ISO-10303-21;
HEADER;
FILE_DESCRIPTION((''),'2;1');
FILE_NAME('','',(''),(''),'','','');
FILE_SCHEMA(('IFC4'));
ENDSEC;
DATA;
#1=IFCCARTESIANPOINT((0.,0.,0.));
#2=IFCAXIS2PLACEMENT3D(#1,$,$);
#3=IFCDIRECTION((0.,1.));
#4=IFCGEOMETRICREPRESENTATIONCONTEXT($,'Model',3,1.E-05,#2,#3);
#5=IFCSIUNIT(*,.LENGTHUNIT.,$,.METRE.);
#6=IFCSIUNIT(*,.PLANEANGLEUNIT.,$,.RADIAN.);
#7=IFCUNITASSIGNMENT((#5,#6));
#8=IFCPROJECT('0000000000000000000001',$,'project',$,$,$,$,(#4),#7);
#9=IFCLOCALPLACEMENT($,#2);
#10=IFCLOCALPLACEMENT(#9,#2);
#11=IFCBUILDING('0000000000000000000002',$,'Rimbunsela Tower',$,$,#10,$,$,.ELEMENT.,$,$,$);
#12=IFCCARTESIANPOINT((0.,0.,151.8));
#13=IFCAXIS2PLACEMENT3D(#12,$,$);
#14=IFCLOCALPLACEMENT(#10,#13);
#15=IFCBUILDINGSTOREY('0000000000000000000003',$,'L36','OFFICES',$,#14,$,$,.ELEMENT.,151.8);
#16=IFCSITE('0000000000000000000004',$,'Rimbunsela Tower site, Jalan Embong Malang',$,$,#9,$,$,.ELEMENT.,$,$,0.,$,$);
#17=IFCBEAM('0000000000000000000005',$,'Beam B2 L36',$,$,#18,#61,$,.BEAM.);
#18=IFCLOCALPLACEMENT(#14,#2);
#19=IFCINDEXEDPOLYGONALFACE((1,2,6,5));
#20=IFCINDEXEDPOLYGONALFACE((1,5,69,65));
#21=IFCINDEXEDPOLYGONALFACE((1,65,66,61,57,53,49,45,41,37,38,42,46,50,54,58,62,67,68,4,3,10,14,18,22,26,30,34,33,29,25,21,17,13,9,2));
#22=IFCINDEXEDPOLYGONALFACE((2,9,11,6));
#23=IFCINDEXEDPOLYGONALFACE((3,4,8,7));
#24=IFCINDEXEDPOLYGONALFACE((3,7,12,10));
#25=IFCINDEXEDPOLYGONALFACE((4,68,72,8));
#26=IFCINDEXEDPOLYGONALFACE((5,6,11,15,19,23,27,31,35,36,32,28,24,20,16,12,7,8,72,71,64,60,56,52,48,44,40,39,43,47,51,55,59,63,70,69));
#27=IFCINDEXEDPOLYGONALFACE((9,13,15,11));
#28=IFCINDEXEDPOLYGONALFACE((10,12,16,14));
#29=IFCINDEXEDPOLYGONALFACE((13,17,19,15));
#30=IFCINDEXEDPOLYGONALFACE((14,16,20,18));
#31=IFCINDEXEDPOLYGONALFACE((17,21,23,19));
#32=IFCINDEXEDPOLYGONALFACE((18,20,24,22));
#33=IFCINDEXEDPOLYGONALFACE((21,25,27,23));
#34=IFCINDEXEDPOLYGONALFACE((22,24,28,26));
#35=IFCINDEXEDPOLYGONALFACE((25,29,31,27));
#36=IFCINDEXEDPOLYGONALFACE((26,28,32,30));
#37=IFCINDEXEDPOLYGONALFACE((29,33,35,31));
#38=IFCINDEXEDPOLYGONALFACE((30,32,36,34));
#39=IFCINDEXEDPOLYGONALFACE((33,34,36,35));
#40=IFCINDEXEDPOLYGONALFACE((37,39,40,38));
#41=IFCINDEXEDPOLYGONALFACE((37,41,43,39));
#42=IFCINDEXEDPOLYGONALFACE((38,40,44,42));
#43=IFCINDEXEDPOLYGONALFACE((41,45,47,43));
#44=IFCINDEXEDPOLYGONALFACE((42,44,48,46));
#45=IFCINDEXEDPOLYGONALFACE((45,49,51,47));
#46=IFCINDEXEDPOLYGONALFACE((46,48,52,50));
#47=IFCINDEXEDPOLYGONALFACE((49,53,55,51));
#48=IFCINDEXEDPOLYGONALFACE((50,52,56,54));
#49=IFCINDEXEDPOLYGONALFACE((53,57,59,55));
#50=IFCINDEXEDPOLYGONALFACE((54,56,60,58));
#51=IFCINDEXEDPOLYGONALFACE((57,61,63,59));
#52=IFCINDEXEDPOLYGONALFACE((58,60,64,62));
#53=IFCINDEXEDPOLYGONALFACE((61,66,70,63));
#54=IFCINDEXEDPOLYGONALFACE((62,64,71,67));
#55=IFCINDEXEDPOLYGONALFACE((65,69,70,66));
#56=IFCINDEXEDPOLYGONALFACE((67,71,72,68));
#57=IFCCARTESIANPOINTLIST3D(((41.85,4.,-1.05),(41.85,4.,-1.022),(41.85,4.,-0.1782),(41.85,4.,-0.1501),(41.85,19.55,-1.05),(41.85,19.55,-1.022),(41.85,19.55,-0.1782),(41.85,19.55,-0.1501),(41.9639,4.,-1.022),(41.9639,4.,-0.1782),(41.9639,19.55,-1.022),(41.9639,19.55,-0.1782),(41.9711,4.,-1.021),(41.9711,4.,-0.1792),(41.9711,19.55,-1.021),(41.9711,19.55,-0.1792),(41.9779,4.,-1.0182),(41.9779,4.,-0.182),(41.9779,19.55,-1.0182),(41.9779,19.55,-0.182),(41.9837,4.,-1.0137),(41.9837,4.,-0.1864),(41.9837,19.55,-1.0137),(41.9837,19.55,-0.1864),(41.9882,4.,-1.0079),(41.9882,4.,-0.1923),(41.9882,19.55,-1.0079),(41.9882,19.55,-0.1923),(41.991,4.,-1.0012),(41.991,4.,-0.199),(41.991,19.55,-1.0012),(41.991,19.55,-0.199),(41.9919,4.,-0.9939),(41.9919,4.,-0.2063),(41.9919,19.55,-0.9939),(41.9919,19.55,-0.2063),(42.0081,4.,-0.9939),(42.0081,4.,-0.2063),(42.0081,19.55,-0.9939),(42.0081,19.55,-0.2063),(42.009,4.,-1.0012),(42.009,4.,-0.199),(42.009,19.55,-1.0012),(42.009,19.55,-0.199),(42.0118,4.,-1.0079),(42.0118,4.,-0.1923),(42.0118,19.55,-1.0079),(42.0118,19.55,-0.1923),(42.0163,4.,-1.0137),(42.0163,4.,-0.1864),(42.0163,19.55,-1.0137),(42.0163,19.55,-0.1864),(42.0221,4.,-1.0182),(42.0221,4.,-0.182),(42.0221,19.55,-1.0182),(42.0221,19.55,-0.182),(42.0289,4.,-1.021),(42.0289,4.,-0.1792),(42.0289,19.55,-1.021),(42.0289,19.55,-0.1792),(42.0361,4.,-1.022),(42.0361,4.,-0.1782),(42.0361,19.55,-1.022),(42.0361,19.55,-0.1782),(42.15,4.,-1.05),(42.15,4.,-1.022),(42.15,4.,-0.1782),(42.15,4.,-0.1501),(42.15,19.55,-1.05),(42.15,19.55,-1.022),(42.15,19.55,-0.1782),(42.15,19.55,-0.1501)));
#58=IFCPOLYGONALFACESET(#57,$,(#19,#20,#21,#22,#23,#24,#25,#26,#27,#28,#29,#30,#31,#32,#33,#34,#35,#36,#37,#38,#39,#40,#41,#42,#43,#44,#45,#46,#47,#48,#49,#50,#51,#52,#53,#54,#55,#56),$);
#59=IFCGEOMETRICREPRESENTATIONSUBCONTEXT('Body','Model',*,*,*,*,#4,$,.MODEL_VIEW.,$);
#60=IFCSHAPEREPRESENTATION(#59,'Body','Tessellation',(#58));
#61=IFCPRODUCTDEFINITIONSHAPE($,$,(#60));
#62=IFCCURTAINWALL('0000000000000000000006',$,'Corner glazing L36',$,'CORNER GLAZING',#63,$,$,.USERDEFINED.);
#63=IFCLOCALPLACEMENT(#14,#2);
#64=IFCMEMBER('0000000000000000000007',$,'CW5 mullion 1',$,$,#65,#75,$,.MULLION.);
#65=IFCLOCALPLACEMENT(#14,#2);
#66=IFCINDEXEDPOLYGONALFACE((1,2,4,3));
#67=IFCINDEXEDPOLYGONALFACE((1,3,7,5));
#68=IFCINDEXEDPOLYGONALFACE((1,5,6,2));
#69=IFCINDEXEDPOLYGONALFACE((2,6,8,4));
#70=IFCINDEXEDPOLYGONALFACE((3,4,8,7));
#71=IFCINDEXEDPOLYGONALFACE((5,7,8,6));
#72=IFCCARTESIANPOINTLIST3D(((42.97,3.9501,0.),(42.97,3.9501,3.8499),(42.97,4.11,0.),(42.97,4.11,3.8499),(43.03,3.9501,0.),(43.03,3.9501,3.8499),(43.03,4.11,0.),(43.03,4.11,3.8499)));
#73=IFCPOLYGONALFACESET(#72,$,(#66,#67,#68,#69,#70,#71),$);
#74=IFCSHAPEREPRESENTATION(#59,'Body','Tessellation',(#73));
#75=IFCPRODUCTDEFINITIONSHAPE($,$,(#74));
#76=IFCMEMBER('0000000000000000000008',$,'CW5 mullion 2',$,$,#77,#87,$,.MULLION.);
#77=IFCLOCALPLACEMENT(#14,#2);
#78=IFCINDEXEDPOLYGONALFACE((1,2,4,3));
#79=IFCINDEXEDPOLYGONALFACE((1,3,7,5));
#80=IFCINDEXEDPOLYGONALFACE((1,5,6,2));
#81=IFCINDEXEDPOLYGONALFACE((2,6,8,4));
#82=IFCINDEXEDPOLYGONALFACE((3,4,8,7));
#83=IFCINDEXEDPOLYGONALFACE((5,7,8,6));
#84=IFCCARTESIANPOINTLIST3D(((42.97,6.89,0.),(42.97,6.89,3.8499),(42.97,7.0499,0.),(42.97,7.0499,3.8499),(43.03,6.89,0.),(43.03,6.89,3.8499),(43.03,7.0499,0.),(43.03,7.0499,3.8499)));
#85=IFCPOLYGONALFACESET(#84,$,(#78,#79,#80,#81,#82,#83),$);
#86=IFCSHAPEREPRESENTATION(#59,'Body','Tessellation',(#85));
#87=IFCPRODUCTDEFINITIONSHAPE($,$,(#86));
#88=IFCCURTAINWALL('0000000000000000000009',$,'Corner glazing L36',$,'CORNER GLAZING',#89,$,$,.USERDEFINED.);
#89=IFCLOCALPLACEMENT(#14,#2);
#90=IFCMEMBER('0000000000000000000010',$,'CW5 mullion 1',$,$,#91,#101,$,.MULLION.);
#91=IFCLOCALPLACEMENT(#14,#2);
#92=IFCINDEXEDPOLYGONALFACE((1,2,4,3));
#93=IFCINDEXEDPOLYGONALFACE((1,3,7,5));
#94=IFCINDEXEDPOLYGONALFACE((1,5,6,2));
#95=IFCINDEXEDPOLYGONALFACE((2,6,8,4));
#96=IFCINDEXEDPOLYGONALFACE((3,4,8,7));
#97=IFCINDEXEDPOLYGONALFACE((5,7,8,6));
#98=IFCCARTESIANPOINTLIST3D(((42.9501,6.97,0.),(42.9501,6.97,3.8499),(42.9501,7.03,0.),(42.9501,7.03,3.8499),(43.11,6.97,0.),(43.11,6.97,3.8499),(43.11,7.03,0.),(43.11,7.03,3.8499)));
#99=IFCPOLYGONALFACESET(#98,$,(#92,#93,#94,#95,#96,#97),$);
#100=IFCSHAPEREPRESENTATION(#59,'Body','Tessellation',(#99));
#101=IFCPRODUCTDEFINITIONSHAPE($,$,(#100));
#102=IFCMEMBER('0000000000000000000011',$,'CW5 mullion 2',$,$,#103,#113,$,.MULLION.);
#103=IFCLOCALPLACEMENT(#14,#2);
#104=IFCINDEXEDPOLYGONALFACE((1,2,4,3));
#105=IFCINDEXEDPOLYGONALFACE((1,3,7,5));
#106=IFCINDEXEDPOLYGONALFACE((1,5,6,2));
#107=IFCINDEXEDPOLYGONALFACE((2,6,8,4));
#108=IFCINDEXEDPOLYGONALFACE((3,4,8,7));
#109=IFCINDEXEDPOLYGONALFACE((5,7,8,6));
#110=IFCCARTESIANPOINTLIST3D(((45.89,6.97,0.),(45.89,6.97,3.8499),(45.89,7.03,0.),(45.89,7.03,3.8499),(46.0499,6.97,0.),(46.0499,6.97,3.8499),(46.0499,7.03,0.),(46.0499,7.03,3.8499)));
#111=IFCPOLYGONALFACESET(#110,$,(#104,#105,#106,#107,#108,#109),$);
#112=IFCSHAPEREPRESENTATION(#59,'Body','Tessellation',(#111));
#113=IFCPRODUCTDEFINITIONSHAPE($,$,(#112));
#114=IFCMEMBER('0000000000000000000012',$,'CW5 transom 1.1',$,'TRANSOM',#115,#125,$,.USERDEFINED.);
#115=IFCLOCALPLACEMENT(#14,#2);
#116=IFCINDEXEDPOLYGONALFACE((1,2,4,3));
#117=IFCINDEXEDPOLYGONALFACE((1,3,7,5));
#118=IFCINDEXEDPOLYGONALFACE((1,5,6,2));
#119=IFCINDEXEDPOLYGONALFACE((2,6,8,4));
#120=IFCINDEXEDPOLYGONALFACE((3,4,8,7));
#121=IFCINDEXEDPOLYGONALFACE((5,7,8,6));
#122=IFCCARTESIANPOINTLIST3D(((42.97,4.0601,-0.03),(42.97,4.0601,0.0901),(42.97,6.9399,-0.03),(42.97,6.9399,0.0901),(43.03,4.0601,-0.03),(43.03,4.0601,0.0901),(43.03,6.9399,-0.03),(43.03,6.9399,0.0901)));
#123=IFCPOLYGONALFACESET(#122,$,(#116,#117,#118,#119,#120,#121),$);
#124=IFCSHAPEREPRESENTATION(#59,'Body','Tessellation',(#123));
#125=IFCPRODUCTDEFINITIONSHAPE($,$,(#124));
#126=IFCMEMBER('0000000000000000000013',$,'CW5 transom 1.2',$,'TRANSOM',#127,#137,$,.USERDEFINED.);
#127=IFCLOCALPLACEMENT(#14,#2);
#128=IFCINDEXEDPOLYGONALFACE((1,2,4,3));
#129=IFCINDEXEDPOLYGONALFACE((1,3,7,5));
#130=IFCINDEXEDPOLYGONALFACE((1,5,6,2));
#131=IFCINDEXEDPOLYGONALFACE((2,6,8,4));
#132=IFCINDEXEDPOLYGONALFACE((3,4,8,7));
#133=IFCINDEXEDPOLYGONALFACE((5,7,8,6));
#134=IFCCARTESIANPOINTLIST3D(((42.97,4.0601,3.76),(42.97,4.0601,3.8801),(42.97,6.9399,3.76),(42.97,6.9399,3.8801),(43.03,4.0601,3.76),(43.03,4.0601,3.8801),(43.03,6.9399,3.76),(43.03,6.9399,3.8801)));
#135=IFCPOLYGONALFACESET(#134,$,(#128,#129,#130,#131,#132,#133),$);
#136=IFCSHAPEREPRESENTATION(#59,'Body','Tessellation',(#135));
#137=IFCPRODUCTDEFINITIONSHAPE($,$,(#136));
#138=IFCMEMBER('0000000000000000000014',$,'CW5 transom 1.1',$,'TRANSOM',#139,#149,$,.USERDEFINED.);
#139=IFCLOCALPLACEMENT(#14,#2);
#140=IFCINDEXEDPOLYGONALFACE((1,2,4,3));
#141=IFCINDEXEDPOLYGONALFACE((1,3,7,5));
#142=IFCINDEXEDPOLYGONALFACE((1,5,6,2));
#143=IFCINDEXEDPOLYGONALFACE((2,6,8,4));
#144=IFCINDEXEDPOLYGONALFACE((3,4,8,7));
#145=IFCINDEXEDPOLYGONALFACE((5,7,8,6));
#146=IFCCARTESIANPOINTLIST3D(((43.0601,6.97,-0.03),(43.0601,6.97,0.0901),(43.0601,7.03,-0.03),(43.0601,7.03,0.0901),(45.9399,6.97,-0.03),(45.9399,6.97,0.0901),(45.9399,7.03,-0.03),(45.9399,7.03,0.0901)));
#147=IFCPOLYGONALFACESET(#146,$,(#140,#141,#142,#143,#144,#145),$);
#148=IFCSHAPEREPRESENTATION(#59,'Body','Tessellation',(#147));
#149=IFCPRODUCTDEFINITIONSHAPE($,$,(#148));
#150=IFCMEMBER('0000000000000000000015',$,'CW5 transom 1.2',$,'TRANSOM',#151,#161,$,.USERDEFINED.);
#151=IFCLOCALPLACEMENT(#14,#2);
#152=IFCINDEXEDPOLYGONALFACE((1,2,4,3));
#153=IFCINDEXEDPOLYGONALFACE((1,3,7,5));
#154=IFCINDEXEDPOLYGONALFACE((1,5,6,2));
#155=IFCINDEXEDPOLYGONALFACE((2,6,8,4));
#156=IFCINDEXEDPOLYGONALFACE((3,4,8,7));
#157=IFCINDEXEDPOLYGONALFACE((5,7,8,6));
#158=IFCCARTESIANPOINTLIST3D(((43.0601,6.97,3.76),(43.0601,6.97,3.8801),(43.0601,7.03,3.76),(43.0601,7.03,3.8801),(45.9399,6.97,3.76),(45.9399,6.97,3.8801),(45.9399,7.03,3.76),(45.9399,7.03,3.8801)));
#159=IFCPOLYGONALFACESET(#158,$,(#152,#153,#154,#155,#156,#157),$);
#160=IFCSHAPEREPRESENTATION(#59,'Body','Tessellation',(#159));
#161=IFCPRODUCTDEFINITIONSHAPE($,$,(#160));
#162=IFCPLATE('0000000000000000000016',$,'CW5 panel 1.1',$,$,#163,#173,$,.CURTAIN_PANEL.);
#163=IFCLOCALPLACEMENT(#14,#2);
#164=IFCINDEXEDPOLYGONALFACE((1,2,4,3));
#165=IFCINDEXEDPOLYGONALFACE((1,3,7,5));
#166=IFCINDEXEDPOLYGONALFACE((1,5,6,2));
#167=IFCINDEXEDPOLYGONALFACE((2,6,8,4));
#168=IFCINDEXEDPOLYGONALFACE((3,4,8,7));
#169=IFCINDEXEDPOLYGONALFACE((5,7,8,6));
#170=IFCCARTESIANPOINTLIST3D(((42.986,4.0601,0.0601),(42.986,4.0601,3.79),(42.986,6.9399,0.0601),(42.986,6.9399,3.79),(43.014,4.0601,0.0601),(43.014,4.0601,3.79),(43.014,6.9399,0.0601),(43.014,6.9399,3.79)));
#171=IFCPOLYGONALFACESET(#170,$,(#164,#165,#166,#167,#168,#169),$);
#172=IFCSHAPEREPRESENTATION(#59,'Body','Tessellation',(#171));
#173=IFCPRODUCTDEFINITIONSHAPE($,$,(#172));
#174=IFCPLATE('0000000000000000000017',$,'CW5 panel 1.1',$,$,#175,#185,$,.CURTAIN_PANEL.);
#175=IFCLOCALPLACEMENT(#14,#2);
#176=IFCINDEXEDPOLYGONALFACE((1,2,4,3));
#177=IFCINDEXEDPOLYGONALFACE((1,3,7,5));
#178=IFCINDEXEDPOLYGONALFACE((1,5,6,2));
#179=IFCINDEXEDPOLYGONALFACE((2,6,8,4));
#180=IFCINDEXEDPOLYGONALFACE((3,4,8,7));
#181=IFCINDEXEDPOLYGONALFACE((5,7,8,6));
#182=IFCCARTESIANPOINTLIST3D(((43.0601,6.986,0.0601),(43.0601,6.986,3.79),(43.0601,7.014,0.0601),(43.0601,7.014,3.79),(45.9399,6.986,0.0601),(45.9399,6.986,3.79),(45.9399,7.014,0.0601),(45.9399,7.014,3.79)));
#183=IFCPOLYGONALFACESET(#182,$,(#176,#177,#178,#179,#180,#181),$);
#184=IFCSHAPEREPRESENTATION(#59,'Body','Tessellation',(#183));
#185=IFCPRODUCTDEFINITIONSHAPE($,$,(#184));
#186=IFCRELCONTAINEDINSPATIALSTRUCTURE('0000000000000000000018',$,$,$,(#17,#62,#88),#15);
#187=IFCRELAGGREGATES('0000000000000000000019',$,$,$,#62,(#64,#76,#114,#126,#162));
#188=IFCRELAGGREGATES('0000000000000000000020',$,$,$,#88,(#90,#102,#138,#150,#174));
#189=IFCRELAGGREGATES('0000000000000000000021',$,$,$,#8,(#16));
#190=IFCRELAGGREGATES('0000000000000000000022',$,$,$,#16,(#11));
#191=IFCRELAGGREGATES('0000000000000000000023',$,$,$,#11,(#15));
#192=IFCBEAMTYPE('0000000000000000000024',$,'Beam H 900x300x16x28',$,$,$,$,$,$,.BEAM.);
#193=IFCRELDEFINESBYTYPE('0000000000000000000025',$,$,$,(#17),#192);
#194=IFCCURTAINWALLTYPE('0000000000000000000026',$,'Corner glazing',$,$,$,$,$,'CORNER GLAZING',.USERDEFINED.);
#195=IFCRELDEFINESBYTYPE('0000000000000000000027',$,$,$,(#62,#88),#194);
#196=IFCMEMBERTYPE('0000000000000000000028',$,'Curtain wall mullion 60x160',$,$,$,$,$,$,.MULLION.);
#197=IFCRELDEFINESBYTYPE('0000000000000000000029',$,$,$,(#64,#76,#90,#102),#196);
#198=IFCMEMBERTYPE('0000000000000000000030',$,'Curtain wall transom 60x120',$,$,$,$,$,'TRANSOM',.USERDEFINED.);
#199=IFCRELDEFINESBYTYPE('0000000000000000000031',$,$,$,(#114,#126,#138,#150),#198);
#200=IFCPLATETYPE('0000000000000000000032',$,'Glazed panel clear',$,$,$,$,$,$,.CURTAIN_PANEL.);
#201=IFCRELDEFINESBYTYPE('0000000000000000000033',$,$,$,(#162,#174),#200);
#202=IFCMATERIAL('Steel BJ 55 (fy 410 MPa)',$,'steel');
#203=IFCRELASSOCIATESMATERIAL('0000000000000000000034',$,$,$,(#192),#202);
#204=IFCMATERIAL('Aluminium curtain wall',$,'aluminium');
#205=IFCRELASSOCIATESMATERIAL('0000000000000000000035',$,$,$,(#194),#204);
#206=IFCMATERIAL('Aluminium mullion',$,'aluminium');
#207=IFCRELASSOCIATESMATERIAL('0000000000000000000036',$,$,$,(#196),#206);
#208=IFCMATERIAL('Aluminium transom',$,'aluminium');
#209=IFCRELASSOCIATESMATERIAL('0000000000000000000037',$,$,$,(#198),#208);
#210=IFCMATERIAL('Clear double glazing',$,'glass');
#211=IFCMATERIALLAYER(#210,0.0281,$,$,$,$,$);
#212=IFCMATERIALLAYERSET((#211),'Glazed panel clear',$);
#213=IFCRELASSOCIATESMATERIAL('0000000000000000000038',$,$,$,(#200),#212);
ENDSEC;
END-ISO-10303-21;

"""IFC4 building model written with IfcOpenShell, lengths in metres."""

from ifc_helpers import new_model, si_unit, direction, frame, origin, origin_2d, place, context, subcontext, project, spatial, rectangle, i_section, extrude, material, layer, layer_set, material_profile, profile_set, type_object, element, aggregate, save


model = new_model("IFC4")

# Units and contexts
model_context = context("Model", 3, precision=1e-05, world=origin(), true_north=direction((0.0, 1.0)))
body_context = subcontext(model_context, "Body", "Model", "MODEL_VIEW")
ifc_project = project(units=[si_unit("LENGTHUNIT", "METRE"), si_unit("PLANEANGLEUNIT", "RADIAN")], contexts=[model_context])

# Site, building, storey
site_placement = place(None, origin())
site = spatial("IfcSite", under=ifc_project, at=site_placement, Name="Rimbunsela Tower site, Jalan Embong Malang", CompositionType="ELEMENT", RefElevation=0.0)
building_placement = place(site_placement, origin())
building = spatial("IfcBuilding", under=site, at=building_placement, Name="Rimbunsela Tower", CompositionType="ELEMENT")
storey_placement = place(building_placement, frame((0.0, 0.0, 151.8)))
storey = spatial("IfcBuildingStorey", under=building, at=storey_placement, Name="L36", Description="OFFICES", CompositionType="ELEMENT", Elevation=151.8)

# Beam
ifc_material_1 = material(Name="Steel BJ 55 (fy 410 MPa)", Category="steel")
ifc_material_profile_1 = material_profile(ifc_material_1, i_section(OverallWidth=0.3, OverallDepth=0.8999, WebThickness=0.0161, FlangeThickness=0.0281, FilletRadius=0.0281, at=origin_2d()), Name="H 900x300x16x28")
ifc_profile_set_1 = profile_set([ifc_material_profile_1], Name="Steel BJ 55 (fy 410 MPa)")
beam_type_1 = type_object("IfcBeamType", Name="Beam H 900x300x16x28", PredefinedType="BEAM", material=ifc_profile_set_1)
beam_1_placement = place(storey_placement, frame((42.0, 4.0, -0.6001), z_axis=(0.0, 1.0, 0.0), x_axis=(-1.0, 0.0, 0.0)))
element("IfcBeam", 1, at=beam_1_placement, inside=storey, type_object=beam_type_1, Name="Beam B2 L36", PredefinedType="BEAM", context=body_context, shape_type="SweptSolid", body=[
    extrude(i_section(OverallWidth=0.3, OverallDepth=0.8999, WebThickness=0.0161, FlangeThickness=0.0281, FilletRadius=0.0281, at=origin_2d()), origin(), (0.0, 0.0, 1.0), 15.55),
])

# Curtain walls, members
ifc_material_2 = material(Name="Aluminium curtain wall", Category="aluminium")
curtain_wall_type = type_object("IfcCurtainWallType", Name="Corner glazing", ElementType="CORNER GLAZING", PredefinedType="USERDEFINED", material=ifc_material_2)
curtain_wall_1_placement = place(storey_placement, origin())
curtain_wall_1 = element("IfcCurtainWall", 2, at=curtain_wall_1_placement, inside=storey, type_object=curtain_wall_type, Name="Corner glazing L36", ObjectType="CORNER GLAZING", PredefinedType="USERDEFINED")
ifc_material_3 = material(Name="Aluminium mullion", Category="aluminium")
ifc_material_profile_2 = material_profile(ifc_material_3, rectangle(XDim=0.0601, YDim=0.1599, at=origin_2d()), Name="Mullion 60x160")
ifc_profile_set_2 = profile_set([ifc_material_profile_2], Name="Aluminium mullion")
member_type_1 = type_object("IfcMemberType", Name="Curtain wall mullion 60x160", PredefinedType="MULLION", material=ifc_profile_set_2)
member_1_placement = place(storey_placement, frame((43.0, 4.03, 0.0), z_axis=(0.0, 0.0, 1.0), x_axis=(-1.0, 0.0, 0.0)))
member_1 = element("IfcMember", 3, at=member_1_placement, type_object=member_type_1, Name="CW5 mullion 1", PredefinedType="MULLION", context=body_context, shape_type="SweptSolid", body=[
    extrude(rectangle(XDim=0.0601, YDim=0.1599, at=origin_2d()), origin(), (0.0, 0.0, 1.0), 3.8499),
])
member_2_placement = place(storey_placement, frame((43.0, 6.97, 0.0), z_axis=(0.0, 0.0, 1.0), x_axis=(-1.0, 0.0, 0.0)))
member_2 = element("IfcMember", 4, at=member_2_placement, type_object=member_type_1, Name="CW5 mullion 2", PredefinedType="MULLION", context=body_context, shape_type="SweptSolid", body=[
    extrude(rectangle(XDim=0.0601, YDim=0.1599, at=origin_2d()), origin(), (0.0, 0.0, 1.0), 3.8499),
])
curtain_wall_2_placement = place(storey_placement, origin())
curtain_wall_2 = element("IfcCurtainWall", 5, at=curtain_wall_2_placement, inside=storey, type_object=curtain_wall_type, Name="Corner glazing L36", ObjectType="CORNER GLAZING", PredefinedType="USERDEFINED")
member_3_placement = place(storey_placement, frame((43.03, 7.0, 0.0), z_axis=(0.0, 0.0, 1.0), x_axis=(0.0, 1.0, 0.0)))
member_3 = element("IfcMember", 6, at=member_3_placement, type_object=member_type_1, Name="CW5 mullion 1", PredefinedType="MULLION", context=body_context, shape_type="SweptSolid", body=[
    extrude(rectangle(XDim=0.0601, YDim=0.1599, at=origin_2d()), origin(), (0.0, 0.0, 1.0), 3.8499),
])
member_4_placement = place(storey_placement, frame((45.97, 7.0, 0.0), z_axis=(0.0, 0.0, 1.0), x_axis=(0.0, 1.0, 0.0)))
member_4 = element("IfcMember", 7, at=member_4_placement, type_object=member_type_1, Name="CW5 mullion 2", PredefinedType="MULLION", context=body_context, shape_type="SweptSolid", body=[
    extrude(rectangle(XDim=0.0601, YDim=0.1599, at=origin_2d()), origin(), (0.0, 0.0, 1.0), 3.8499),
])

# Members
ifc_material_4 = material(Name="Aluminium transom", Category="aluminium")
ifc_material_profile_3 = material_profile(ifc_material_4, rectangle(XDim=0.0601, YDim=0.1201, at=origin_2d()), Name="Transom 60x120")
ifc_profile_set_3 = profile_set([ifc_material_profile_3], Name="Aluminium transom")
member_type_2 = type_object("IfcMemberType", Name="Curtain wall transom 60x120", ElementType="TRANSOM", PredefinedType="USERDEFINED", material=ifc_profile_set_3)
member_5_placement = place(storey_placement, frame((43.0, 4.0601, 0.03), z_axis=(0.0, 1.0, 0.0), x_axis=(-1.0, 0.0, 0.0)))
member_5 = element("IfcMember", 8, at=member_5_placement, type_object=member_type_2, Name="CW5 transom 1.1", ObjectType="TRANSOM", PredefinedType="USERDEFINED", context=body_context, shape_type="SweptSolid", body=[
    extrude(rectangle(XDim=0.0601, YDim=0.1201, at=origin_2d()), origin(), (0.0, 0.0, 1.0), 2.8799),
])
member_6_placement = place(storey_placement, frame((43.0, 4.0601, 3.8201), z_axis=(0.0, 1.0, 0.0), x_axis=(-1.0, 0.0, 0.0)))
member_6 = element("IfcMember", 9, at=member_6_placement, type_object=member_type_2, Name="CW5 transom 1.2", ObjectType="TRANSOM", PredefinedType="USERDEFINED", context=body_context, shape_type="SweptSolid", body=[
    extrude(rectangle(XDim=0.0601, YDim=0.1201, at=origin_2d()), origin(), (0.0, 0.0, 1.0), 2.8799),
])
member_7_placement = place(storey_placement, frame((43.0601, 7.0, 0.03), z_axis=(1.0, 0.0, 0.0), x_axis=(0.0, 1.0, 0.0)))
member_7 = element("IfcMember", 10, at=member_7_placement, type_object=member_type_2, Name="CW5 transom 1.1", ObjectType="TRANSOM", PredefinedType="USERDEFINED", context=body_context, shape_type="SweptSolid", body=[
    extrude(rectangle(XDim=0.0601, YDim=0.1201, at=origin_2d()), origin(), (0.0, 0.0, 1.0), 2.8799),
])
member_8_placement = place(storey_placement, frame((43.0601, 7.0, 3.8201), z_axis=(1.0, 0.0, 0.0), x_axis=(0.0, 1.0, 0.0)))
member_8 = element("IfcMember", 11, at=member_8_placement, type_object=member_type_2, Name="CW5 transom 1.2", ObjectType="TRANSOM", PredefinedType="USERDEFINED", context=body_context, shape_type="SweptSolid", body=[
    extrude(rectangle(XDim=0.0601, YDim=0.1201, at=origin_2d()), origin(), (0.0, 0.0, 1.0), 2.8799),
])

# Plates
ifc_material_5 = material(Name="Clear double glazing", Category="glass")
ifc_layer_1 = layer(ifc_material_5, 0.0281)
ifc_layer_set_1 = layer_set([ifc_layer_1], Name="Glazed panel clear")
plate_type = type_object("IfcPlateType", Name="Glazed panel clear", PredefinedType="CURTAIN_PANEL", material=ifc_layer_set_1)
plate_1_placement = place(storey_placement, frame((43.0, 5.5, 0.0601), z_axis=(0.0, 0.0, 1.0), x_axis=(0.0, 1.0, 0.0)))
plate_1 = element("IfcPlate", 12, at=plate_1_placement, type_object=plate_type, Name="CW5 panel 1.1", PredefinedType="CURTAIN_PANEL", context=body_context, shape_type="SweptSolid", body=[
    extrude(rectangle(XDim=2.8799, YDim=0.0281, at=origin_2d()), origin(), (0.0, 0.0, 1.0), 3.73),
])
aggregate(curtain_wall_1, [member_1, member_2, member_5, member_6, plate_1])
plate_2_placement = place(storey_placement, frame((44.5, 7.0, 0.0601), z_axis=(0.0, 0.0, 1.0), x_axis=(1.0, 0.0, 0.0)))
plate_2 = element("IfcPlate", 13, at=plate_2_placement, type_object=plate_type, Name="CW5 panel 1.1", PredefinedType="CURTAIN_PANEL", context=body_context, shape_type="SweptSolid", body=[
    extrude(rectangle(XDim=2.8799, YDim=0.0281, at=origin_2d()), origin(), (0.0, 0.0, 1.0), 3.73),
])
aggregate(curtain_wall_2, [member_3, member_4, member_7, member_8, plate_2])

save(model, "model.ifc")
